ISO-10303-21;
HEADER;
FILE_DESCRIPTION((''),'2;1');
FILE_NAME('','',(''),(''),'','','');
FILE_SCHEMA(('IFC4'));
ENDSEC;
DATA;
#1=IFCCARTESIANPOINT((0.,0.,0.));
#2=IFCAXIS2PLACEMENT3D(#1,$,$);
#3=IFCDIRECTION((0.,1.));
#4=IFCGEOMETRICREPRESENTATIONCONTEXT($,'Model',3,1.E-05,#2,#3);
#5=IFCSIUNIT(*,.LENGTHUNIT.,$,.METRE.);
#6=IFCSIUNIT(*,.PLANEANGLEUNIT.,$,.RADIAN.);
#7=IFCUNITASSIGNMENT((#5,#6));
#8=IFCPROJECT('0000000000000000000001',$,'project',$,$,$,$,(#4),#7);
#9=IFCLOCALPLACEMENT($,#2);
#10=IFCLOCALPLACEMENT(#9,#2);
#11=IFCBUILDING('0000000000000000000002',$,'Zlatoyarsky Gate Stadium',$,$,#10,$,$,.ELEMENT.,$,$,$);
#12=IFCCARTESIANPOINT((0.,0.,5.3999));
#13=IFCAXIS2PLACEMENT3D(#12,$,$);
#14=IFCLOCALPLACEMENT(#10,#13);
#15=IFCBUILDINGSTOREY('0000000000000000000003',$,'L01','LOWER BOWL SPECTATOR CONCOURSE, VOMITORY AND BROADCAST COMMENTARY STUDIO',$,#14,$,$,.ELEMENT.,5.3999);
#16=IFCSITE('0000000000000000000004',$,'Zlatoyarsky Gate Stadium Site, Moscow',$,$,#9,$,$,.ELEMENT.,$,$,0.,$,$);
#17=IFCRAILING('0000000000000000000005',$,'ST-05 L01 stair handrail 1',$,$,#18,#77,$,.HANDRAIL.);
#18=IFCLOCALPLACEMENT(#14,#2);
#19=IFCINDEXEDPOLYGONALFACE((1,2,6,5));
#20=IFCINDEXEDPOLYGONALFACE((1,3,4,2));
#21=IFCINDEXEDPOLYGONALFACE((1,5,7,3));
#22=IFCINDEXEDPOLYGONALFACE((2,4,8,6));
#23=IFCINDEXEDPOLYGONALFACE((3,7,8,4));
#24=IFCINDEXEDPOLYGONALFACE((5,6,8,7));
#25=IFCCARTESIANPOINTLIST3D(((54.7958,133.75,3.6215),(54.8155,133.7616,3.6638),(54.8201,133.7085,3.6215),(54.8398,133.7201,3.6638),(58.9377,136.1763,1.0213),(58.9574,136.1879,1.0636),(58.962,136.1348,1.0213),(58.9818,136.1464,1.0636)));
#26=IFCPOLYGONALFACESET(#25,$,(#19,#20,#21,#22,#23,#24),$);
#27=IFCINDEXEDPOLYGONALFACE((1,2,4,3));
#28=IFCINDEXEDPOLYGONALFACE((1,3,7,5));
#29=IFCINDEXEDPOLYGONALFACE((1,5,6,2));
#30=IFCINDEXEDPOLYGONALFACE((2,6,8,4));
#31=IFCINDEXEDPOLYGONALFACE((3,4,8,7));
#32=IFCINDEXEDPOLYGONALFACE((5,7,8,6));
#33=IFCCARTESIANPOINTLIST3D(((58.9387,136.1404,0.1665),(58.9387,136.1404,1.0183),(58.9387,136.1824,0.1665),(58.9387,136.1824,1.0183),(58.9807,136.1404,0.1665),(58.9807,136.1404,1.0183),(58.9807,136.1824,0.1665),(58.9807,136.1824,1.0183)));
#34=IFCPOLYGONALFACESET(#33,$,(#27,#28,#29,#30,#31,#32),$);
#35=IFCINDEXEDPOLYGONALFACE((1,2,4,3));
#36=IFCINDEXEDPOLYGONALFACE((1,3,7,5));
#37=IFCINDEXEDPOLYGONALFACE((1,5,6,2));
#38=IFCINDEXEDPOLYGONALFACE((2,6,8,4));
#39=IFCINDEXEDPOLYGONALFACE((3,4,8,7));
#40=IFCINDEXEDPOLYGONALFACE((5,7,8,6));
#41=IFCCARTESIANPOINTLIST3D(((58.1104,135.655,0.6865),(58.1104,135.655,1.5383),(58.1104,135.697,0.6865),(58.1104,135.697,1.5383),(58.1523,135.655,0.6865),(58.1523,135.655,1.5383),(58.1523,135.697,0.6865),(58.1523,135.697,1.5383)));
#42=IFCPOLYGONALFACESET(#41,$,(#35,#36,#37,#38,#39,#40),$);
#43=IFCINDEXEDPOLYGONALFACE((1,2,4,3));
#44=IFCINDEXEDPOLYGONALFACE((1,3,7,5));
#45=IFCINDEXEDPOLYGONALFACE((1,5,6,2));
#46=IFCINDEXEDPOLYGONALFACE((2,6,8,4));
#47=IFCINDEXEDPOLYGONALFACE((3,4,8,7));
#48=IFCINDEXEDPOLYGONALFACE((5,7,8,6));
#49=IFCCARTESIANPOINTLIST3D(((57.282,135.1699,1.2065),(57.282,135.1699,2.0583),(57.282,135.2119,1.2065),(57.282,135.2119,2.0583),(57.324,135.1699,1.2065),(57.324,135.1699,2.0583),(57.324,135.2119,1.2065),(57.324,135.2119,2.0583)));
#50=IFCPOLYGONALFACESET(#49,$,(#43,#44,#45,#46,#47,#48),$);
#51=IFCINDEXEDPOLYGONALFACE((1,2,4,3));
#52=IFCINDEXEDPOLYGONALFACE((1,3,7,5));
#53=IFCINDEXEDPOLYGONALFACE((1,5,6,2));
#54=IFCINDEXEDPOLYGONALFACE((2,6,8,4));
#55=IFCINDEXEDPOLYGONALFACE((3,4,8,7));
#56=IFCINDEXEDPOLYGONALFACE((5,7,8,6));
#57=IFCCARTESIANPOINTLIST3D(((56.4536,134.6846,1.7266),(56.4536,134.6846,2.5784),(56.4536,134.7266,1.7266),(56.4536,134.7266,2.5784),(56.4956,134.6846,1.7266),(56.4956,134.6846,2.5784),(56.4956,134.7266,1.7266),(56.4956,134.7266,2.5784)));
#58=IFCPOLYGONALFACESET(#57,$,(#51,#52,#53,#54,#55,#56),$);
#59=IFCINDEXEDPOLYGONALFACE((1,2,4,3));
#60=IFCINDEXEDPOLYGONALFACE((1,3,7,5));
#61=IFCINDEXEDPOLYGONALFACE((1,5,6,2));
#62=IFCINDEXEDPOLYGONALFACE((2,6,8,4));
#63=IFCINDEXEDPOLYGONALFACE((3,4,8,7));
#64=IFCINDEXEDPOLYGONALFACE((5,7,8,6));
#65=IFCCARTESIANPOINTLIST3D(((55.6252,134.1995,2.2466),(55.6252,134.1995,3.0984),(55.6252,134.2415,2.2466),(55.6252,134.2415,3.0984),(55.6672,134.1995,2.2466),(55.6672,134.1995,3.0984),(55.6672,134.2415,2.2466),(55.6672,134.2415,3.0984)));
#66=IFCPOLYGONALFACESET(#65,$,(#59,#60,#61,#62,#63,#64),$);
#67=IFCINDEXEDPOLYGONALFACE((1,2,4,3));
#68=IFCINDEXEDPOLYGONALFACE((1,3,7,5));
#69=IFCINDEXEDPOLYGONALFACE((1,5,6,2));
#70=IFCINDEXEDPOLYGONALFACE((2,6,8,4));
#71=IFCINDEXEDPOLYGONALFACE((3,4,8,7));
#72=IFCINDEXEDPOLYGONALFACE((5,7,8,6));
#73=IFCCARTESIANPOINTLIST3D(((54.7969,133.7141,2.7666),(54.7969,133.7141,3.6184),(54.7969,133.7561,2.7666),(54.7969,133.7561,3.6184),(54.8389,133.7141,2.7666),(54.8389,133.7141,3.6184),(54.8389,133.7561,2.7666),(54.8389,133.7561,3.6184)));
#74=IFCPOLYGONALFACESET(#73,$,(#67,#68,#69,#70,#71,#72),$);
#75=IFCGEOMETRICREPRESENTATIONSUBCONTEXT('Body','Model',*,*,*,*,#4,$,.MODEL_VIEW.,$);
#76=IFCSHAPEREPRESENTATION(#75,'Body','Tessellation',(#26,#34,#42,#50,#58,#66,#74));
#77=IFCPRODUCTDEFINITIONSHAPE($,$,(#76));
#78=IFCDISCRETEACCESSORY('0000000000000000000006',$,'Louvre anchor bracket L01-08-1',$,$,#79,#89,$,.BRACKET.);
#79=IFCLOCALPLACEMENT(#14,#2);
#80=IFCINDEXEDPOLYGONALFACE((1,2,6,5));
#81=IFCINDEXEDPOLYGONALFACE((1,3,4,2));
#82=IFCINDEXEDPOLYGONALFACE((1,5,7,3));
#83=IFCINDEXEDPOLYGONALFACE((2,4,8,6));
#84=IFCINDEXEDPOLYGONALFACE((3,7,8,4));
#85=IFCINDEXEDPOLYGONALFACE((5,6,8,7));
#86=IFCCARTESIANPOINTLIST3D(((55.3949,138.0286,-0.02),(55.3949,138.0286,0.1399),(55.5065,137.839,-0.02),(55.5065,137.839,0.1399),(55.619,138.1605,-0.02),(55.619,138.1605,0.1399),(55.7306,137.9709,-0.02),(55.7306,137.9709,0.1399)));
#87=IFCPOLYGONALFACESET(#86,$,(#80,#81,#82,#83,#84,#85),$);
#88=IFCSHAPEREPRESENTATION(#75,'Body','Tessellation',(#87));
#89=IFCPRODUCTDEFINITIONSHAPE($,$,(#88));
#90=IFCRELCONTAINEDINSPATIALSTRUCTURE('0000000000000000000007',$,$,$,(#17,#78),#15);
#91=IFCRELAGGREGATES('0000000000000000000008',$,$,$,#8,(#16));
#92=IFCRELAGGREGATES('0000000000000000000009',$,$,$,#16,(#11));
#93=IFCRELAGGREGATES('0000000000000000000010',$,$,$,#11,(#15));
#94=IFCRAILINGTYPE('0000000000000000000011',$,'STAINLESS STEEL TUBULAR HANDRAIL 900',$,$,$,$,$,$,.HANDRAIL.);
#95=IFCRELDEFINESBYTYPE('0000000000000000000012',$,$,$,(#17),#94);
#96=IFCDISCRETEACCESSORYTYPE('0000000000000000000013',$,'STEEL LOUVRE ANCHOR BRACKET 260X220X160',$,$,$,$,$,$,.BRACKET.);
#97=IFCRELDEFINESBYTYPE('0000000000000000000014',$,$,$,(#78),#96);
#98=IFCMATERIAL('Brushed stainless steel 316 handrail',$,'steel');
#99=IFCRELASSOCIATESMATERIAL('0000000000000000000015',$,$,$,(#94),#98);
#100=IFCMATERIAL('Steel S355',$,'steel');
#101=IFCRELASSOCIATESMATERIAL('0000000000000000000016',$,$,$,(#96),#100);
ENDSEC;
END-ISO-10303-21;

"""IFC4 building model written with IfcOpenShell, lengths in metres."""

from ifc_helpers import new_model, si_unit, direction, frame, origin, origin_2d, place, context, subcontext, project, spatial, rectangle, extrude, material, type_object, element, save


model = new_model("IFC4")

# Units and contexts
model_context = context("Model", 3, precision=1e-05, world=origin(), true_north=direction((0.0, 1.0)))
body_context = subcontext(model_context, "Body", "Model", "MODEL_VIEW")
ifc_project = project(units=[si_unit("LENGTHUNIT", "METRE"), si_unit("PLANEANGLEUNIT", "RADIAN")], contexts=[model_context])

# Site, building, storey
site_placement = place(None, origin())
site = spatial("IfcSite", under=ifc_project, at=site_placement, Name="Zlatoyarsky Gate Stadium Site, Moscow", CompositionType="ELEMENT", RefElevation=0.0)
building_placement = place(site_placement, origin())
building = spatial("IfcBuilding", under=site, at=building_placement, Name="Zlatoyarsky Gate Stadium", CompositionType="ELEMENT")
storey_placement = place(building_placement, frame((0.0, 0.0, 5.3999)))
storey = spatial("IfcBuildingStorey", under=building, at=storey_placement, Name="L01", Description="LOWER BOWL SPECTATOR CONCOURSE, VOMITORY AND BROADCAST COMMENTARY STUDIO", CompositionType="ELEMENT", Elevation=5.3999)

# Shared definitions
ifc_material_1 = material(Name="Steel S355", Category="steel")

# Railing
ifc_material_2 = material(Name="Brushed stainless steel 316 handrail", Category="steel")
railing_type_1 = type_object("IfcRailingType", Name="STAINLESS STEEL TUBULAR HANDRAIL 900", PredefinedType="HANDRAIL", material=ifc_material_2)
railing_1_placement = place(storey_placement, frame((58.9597, 136.1614, 0.1665)))
element("IfcRailing", 1, at=railing_1_placement, inside=storey, type_object=railing_type_1, Name="ST-05 L01 stair handrail 1", PredefinedType="HANDRAIL", context=body_context, shape_type="SweptSolid", body=[
    extrude(rectangle(XDim=0.0481, YDim=0.0481, at=origin_2d()), frame((0.0, 0.0, 0.876), z_axis=(-0.7587, -0.444442, 0.476284), x_axis=(0.505455, -0.862853, 0.0)), (0.0, 0.0, 1.0), 5.4592),
    extrude(rectangle(XDim=0.042, YDim=0.042, at=origin_2d()), origin(), (0.0, 0.0, 1.0), 0.8518),
    extrude(rectangle(XDim=0.042, YDim=0.042, at=origin_2d()), frame((-0.8284, -0.4854, 0.52)), (0.0, 0.0, 1.0), 0.8518),
    extrude(rectangle(XDim=0.042, YDim=0.042, at=origin_2d()), frame((-1.6567, -0.9705, 1.04)), (0.0, 0.0, 1.0), 0.8518),
    extrude(rectangle(XDim=0.042, YDim=0.042, at=origin_2d()), frame((-2.4851, -1.4558, 1.5601)), (0.0, 0.0, 1.0), 0.8518),
    extrude(rectangle(XDim=0.042, YDim=0.042, at=origin_2d()), frame((-3.3135, -1.9409, 2.0801)), (0.0, 0.0, 1.0), 0.8518),
    extrude(rectangle(XDim=0.042, YDim=0.042, at=origin_2d()), frame((-4.1418, -2.4263, 2.6001)), (0.0, 0.0, 1.0), 0.8518),
])

# Discrete accessory
discrete_accessory_type = type_object("IfcDiscreteAccessoryType", Name="STEEL LOUVRE ANCHOR BRACKET 260X220X160", PredefinedType="BRACKET", material=ifc_material_1)
discrete_accessory_placement = place(storey_placement, frame((55.5627, 137.9998, -0.02), z_axis=(0.0, 0.0, 1.0), x_axis=(-0.861743, -0.507345, 0.0)))
element("IfcDiscreteAccessory", 2, at=discrete_accessory_placement, inside=storey, type_object=discrete_accessory_type, Name="Louvre anchor bracket L01-08-1", PredefinedType="BRACKET", context=body_context, shape_type="SweptSolid", body=[
    extrude(rectangle(XDim=0.26, YDim=0.22, at=origin_2d()), origin(), (0.0, 0.0, 1.0), 0.1599),
])

save(model, "model.ifc")
